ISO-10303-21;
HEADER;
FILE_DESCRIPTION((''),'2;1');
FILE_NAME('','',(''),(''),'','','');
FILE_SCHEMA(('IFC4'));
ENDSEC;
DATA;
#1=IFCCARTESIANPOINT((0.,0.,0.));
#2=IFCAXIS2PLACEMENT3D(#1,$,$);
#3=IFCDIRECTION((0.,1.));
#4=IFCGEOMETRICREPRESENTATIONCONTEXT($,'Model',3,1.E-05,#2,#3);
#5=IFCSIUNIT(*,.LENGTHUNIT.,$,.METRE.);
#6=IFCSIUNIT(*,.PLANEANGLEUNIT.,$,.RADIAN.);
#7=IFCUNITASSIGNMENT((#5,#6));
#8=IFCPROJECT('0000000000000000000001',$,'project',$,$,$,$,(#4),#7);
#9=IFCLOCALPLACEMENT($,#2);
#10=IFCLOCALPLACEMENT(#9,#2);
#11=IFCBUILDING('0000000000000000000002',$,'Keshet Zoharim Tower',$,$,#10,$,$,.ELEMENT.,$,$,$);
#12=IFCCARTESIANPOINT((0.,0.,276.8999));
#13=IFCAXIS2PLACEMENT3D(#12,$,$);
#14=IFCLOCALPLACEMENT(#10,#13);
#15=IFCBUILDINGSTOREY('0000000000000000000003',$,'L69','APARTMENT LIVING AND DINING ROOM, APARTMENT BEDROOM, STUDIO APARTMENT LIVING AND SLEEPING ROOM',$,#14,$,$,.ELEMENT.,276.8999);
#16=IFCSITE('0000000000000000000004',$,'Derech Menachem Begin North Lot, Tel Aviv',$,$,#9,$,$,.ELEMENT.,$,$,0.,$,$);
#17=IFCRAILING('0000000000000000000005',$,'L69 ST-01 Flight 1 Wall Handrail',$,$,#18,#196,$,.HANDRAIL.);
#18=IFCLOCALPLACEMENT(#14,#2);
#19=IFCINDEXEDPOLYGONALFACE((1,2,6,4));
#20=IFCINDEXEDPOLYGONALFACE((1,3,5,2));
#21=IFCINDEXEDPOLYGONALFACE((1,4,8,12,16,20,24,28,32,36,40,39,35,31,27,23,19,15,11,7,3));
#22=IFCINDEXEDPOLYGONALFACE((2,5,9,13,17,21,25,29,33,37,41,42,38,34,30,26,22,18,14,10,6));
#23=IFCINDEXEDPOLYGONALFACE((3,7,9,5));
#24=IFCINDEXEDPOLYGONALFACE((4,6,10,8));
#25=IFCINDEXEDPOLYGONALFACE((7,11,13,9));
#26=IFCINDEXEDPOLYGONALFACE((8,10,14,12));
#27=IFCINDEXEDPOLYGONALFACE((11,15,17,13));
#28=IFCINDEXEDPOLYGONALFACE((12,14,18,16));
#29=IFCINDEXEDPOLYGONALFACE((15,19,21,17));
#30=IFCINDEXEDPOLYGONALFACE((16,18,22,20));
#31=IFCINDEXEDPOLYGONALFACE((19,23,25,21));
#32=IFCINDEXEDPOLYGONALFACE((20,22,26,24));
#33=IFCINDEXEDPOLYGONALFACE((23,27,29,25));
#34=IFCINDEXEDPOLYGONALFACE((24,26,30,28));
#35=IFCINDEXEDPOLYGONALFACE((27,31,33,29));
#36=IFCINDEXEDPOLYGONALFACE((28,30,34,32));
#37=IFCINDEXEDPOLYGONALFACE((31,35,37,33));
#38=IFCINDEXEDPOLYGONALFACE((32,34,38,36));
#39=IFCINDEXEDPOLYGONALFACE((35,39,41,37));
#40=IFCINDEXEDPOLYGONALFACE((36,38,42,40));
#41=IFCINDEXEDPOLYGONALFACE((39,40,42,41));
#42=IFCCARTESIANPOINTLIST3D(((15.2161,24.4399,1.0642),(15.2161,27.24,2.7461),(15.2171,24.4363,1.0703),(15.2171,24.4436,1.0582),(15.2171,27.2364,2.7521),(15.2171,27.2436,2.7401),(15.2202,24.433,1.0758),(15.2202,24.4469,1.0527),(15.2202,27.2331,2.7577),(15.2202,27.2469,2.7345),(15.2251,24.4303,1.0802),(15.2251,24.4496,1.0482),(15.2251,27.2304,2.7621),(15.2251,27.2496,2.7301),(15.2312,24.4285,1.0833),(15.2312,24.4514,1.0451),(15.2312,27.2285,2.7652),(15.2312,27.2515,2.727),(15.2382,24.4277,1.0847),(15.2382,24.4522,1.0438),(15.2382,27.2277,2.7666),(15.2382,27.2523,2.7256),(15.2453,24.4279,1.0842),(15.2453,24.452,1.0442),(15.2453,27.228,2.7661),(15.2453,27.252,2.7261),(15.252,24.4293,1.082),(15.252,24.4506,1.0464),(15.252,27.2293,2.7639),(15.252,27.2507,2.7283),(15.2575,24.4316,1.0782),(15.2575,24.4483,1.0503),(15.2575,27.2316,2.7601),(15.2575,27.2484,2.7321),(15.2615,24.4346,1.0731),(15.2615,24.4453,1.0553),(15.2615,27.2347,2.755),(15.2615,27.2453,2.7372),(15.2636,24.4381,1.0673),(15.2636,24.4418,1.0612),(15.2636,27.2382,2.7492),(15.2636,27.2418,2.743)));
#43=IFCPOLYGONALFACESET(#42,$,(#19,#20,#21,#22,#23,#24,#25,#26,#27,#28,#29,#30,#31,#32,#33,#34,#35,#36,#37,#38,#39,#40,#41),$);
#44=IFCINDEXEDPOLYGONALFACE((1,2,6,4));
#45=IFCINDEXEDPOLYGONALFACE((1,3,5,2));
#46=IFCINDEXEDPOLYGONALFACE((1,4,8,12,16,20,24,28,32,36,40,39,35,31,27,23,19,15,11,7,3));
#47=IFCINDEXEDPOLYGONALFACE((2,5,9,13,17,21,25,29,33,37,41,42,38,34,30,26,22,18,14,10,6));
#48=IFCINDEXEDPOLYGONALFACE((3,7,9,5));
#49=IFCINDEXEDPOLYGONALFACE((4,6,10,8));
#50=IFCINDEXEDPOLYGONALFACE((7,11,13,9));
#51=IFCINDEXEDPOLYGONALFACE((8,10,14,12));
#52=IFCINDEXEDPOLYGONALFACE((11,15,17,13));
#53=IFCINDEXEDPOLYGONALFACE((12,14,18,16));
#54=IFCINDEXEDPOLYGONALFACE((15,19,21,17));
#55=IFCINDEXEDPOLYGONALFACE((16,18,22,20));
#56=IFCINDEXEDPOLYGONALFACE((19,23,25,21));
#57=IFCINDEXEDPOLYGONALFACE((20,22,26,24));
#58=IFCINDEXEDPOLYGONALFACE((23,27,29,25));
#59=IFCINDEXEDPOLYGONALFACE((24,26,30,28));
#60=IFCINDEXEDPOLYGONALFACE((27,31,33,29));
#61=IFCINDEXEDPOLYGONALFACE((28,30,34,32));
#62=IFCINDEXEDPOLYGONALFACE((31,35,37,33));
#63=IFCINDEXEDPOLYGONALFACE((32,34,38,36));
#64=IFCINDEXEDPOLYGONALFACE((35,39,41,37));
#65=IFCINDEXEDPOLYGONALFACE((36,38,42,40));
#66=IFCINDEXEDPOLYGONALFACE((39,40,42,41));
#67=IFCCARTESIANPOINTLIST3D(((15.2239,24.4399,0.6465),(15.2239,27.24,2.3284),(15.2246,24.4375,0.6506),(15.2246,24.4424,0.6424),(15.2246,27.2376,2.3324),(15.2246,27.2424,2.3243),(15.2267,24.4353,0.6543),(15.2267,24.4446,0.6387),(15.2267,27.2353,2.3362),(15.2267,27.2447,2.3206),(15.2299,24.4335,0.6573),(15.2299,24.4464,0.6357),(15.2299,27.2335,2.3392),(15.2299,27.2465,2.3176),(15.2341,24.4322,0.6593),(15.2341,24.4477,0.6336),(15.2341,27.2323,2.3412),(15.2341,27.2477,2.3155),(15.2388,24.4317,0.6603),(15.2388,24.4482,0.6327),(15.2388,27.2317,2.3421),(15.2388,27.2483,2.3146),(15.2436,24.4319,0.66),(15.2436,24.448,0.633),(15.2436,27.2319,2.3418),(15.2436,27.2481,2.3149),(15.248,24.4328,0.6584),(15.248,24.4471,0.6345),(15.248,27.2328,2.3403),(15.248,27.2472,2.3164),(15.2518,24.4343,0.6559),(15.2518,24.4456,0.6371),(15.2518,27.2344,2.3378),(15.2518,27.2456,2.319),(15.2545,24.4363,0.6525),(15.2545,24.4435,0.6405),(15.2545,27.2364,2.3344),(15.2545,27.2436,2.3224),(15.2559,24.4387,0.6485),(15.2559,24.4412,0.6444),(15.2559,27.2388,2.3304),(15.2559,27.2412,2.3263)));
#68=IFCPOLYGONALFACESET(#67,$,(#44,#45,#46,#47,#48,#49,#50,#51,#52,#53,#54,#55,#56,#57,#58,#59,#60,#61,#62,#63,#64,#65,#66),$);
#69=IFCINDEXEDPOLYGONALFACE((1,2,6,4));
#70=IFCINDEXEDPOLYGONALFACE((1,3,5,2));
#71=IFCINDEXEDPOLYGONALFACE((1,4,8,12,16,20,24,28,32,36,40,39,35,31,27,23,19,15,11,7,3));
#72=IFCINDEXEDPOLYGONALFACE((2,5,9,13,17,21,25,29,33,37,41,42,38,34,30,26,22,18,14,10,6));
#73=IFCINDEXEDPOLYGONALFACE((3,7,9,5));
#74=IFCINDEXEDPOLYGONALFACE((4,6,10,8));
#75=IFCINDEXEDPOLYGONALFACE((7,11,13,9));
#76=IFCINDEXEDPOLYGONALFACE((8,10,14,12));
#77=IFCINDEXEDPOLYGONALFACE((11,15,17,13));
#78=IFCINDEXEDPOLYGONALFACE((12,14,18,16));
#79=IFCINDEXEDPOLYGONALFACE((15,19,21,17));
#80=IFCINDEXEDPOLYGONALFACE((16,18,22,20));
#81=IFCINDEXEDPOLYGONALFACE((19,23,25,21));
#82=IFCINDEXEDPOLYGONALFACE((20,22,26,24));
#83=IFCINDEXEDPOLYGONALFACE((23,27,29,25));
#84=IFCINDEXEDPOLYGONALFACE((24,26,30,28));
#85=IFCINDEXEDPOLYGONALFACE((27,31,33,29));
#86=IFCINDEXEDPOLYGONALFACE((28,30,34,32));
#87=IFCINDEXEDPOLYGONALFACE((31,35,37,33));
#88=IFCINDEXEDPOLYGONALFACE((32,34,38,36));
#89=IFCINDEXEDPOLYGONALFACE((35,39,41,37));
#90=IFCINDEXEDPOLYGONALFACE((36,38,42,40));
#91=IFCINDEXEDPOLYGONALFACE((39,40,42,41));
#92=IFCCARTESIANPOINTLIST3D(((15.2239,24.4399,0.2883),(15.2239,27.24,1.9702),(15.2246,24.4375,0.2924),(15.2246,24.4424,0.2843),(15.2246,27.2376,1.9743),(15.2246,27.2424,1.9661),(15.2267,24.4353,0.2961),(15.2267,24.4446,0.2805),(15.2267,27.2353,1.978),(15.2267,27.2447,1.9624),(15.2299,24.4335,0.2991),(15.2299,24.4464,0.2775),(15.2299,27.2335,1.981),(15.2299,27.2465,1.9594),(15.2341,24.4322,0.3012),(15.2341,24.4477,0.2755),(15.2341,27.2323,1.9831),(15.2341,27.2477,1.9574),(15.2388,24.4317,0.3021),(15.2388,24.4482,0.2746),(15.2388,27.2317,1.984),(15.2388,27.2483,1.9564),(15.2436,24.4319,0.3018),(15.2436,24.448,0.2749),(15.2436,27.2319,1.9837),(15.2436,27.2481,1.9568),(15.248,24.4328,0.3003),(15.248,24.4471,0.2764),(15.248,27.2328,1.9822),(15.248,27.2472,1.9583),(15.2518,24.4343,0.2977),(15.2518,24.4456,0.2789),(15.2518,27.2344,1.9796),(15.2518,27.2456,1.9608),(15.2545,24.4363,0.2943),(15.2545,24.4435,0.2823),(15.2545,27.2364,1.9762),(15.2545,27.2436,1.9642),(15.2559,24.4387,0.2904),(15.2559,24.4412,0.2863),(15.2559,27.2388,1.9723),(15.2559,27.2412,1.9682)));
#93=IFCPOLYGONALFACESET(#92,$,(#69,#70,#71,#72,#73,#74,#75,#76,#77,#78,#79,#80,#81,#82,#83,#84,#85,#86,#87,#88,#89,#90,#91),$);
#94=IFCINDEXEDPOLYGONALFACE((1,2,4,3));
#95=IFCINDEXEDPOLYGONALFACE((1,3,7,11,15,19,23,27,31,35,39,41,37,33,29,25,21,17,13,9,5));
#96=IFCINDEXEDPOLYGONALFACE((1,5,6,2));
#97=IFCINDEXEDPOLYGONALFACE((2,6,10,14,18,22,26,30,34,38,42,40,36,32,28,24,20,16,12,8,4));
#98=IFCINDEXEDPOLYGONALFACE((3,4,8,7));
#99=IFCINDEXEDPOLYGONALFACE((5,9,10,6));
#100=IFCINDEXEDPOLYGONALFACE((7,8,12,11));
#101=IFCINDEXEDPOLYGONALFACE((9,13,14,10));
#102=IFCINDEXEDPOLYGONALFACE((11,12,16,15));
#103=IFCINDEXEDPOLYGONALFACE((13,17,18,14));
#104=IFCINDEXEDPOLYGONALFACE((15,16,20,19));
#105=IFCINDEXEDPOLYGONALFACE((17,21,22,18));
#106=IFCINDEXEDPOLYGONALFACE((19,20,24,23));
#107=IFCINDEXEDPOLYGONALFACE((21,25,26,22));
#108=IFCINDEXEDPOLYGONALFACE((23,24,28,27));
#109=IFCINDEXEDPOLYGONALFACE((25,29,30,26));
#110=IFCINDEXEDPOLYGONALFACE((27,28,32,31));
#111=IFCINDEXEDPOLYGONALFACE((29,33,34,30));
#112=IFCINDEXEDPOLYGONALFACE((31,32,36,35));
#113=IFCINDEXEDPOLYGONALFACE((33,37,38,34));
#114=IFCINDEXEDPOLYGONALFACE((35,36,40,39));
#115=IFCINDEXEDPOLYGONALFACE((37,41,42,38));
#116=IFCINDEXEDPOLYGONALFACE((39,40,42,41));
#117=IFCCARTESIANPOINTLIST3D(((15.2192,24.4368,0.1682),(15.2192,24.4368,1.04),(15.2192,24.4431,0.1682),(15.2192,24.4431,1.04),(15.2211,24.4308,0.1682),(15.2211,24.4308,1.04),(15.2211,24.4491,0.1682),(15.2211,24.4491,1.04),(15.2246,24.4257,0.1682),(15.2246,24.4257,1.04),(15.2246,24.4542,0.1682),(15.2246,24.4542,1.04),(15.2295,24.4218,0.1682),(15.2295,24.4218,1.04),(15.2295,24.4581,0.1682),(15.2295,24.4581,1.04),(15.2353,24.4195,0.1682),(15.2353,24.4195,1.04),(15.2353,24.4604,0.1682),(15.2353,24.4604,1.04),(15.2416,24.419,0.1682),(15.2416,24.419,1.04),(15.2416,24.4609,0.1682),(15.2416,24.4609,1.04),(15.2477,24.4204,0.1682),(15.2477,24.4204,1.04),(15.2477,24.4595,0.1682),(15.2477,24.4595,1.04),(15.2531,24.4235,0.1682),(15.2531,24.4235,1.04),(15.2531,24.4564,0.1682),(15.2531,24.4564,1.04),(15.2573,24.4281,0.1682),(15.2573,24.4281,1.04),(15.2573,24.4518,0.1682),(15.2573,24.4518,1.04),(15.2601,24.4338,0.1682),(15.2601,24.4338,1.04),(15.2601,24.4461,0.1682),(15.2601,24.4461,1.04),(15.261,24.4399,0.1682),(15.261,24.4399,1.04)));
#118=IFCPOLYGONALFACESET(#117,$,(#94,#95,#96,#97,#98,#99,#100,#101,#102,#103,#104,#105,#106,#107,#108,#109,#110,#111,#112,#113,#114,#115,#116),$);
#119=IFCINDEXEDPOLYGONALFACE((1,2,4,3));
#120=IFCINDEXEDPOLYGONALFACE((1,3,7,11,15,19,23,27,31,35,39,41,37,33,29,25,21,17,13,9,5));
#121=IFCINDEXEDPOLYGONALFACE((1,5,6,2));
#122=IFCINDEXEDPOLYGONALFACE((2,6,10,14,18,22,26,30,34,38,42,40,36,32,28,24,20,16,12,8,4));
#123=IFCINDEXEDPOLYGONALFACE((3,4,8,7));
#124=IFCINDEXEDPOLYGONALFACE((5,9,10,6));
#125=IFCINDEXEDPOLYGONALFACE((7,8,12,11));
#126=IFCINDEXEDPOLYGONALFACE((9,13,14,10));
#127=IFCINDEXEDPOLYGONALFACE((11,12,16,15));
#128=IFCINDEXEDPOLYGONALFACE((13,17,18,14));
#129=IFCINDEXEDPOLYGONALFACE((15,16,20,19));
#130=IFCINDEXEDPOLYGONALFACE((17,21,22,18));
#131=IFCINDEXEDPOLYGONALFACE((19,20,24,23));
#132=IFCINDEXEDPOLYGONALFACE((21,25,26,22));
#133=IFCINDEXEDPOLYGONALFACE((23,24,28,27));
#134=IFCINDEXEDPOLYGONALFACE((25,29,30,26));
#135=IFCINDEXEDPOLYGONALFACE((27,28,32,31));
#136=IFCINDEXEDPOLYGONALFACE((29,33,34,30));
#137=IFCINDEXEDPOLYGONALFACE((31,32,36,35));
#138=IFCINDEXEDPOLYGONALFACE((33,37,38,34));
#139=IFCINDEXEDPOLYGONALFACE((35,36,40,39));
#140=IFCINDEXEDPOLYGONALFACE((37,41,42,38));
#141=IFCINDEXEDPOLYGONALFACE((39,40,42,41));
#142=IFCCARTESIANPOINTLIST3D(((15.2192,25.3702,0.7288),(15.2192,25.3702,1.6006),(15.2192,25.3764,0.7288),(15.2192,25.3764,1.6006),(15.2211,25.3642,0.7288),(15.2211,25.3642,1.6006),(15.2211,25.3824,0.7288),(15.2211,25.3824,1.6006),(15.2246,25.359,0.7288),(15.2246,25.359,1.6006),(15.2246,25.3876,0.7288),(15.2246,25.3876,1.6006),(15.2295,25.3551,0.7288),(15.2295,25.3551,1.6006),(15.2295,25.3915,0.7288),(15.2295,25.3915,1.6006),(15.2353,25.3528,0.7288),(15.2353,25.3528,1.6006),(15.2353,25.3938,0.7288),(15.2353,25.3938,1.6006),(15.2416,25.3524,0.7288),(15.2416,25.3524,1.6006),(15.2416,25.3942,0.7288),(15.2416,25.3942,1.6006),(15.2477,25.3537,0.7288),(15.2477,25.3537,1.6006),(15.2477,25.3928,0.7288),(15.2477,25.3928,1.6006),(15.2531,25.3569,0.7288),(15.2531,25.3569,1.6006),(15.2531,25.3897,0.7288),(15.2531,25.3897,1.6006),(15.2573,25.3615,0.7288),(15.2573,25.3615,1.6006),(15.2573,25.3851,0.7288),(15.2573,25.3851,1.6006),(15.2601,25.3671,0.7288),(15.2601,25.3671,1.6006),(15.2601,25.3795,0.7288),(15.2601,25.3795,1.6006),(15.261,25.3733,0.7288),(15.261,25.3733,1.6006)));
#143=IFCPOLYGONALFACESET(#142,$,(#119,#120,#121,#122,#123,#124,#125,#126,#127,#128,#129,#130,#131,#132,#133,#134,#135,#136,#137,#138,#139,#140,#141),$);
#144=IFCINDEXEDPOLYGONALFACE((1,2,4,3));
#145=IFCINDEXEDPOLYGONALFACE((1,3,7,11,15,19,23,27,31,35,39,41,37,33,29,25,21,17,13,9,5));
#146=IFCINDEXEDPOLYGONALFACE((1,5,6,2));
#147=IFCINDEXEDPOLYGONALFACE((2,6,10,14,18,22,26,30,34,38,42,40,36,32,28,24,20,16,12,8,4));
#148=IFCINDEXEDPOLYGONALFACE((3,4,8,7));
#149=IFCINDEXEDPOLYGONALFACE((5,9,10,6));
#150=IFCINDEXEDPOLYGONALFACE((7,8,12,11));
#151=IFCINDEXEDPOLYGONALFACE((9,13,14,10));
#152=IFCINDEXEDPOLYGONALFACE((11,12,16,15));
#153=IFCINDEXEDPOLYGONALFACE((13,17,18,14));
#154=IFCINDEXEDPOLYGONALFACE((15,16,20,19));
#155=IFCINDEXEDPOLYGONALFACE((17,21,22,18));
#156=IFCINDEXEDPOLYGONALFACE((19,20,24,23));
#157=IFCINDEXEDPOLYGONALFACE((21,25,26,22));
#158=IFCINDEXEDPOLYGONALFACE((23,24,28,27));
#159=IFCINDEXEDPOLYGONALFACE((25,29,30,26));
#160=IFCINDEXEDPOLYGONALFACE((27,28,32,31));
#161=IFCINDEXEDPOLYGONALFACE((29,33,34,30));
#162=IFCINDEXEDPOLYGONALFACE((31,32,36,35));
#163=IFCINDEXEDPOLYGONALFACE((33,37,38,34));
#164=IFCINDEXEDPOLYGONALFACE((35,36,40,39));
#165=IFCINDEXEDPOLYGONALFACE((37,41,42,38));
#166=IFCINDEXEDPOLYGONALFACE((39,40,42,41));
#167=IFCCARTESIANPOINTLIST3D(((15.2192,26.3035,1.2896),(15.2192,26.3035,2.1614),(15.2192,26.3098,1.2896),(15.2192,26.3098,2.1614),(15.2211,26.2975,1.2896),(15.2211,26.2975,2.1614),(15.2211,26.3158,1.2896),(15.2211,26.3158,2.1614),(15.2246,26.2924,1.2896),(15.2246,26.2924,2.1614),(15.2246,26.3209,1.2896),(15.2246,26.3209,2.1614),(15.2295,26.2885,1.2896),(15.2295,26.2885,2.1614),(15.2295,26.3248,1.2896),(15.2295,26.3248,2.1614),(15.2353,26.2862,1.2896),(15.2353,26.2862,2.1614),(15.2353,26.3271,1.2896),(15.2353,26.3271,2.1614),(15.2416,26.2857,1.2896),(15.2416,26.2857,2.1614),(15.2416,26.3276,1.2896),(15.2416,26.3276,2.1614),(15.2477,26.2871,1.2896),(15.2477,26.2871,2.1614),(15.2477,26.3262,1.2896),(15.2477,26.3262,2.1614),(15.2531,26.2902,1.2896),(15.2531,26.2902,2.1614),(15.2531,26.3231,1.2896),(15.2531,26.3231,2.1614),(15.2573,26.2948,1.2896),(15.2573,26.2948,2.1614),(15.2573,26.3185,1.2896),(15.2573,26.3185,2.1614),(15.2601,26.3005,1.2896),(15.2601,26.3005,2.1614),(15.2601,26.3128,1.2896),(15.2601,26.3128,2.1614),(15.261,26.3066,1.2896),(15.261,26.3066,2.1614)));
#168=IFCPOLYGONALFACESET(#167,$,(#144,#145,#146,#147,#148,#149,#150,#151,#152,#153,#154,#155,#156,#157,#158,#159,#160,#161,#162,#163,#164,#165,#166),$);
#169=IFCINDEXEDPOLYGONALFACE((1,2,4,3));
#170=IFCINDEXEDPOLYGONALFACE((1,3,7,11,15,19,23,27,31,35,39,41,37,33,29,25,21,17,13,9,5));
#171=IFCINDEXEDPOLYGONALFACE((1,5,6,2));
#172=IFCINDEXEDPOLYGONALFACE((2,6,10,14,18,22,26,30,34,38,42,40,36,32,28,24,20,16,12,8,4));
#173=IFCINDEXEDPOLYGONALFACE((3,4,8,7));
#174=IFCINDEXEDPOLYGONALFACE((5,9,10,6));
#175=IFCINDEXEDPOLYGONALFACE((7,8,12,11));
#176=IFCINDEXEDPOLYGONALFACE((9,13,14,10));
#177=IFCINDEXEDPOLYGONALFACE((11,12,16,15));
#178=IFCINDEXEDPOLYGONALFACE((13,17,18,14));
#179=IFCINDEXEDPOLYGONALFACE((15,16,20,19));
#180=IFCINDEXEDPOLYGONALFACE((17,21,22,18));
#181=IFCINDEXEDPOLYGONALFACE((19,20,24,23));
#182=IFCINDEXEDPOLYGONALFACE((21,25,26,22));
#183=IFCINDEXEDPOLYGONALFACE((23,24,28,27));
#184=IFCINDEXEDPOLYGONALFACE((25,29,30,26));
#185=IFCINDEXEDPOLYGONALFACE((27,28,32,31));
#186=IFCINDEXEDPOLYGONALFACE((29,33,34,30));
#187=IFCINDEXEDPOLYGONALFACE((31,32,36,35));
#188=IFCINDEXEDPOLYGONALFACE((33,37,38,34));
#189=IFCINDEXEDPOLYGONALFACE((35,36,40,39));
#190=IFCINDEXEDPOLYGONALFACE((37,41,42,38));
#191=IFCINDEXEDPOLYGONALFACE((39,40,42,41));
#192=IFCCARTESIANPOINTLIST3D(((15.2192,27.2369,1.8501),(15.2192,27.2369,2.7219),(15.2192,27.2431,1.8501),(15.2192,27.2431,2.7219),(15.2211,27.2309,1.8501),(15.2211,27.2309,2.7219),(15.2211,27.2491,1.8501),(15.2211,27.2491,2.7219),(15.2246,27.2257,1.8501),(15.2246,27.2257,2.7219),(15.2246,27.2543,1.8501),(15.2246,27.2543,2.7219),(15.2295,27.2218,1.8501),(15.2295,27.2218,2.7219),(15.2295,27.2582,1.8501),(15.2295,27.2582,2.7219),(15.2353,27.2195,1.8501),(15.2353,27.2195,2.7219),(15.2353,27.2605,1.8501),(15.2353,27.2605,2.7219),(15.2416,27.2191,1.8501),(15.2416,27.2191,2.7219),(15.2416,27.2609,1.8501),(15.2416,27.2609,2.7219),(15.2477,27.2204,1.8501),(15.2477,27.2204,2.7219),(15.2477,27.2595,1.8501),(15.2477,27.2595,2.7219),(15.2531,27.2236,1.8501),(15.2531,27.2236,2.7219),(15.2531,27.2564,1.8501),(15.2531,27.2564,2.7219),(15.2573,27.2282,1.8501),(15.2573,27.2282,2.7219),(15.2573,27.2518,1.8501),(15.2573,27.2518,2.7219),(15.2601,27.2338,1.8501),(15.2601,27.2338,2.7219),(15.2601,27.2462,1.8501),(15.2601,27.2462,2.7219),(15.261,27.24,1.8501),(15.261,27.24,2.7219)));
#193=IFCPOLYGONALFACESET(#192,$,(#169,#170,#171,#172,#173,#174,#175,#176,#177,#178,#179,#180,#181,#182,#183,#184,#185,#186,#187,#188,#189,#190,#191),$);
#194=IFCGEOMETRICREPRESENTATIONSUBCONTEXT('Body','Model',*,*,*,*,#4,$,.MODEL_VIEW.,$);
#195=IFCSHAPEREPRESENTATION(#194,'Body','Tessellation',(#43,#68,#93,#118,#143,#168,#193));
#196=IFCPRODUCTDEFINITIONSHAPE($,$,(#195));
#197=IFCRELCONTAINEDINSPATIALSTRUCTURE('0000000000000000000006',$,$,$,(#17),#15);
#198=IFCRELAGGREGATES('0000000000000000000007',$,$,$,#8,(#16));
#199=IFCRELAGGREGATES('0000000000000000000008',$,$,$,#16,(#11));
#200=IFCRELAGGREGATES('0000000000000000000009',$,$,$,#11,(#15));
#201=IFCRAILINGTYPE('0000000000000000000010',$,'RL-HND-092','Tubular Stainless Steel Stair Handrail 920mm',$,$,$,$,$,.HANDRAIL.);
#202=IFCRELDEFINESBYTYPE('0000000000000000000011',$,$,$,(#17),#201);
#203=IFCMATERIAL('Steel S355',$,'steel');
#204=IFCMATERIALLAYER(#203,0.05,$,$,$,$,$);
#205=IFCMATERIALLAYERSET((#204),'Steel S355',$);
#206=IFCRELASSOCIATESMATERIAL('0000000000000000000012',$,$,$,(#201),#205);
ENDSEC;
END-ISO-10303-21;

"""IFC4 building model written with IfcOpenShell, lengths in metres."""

from ifc_helpers import new_model, si_unit, direction, frame, origin, origin_2d, place, context, subcontext, project, spatial, circle, extrude, material, layer, layer_set, type_object, element, save


model = new_model("IFC4")

# Units and contexts
model_context = context("Model", 3, precision=1e-05, world=origin(), true_north=direction((0.0, 1.0)))
body_context = subcontext(model_context, "Body", "Model", "MODEL_VIEW")
ifc_project = project(units=[si_unit("LENGTHUNIT", "METRE"), si_unit("PLANEANGLEUNIT", "RADIAN")], contexts=[model_context])

# Site, building, storey
site_placement = place(None, origin())
site = spatial("IfcSite", under=ifc_project, at=site_placement, Name="Derech Menachem Begin North Lot, Tel Aviv", CompositionType="ELEMENT", RefElevation=0.0)
building_placement = place(site_placement, origin())
building = spatial("IfcBuilding", under=site, at=building_placement, Name="Keshet Zoharim Tower", CompositionType="ELEMENT")
storey_placement = place(building_placement, frame((0.0, 0.0, 276.8999)))
storey = spatial("IfcBuildingStorey", under=building, at=storey_placement, Name="L69", Description="APARTMENT LIVING AND DINING ROOM, APARTMENT BEDROOM, STUDIO APARTMENT LIVING AND SLEEPING ROOM", CompositionType="ELEMENT", Elevation=276.8999)

# Shared definitions
ifc_material_1 = material(Name="Steel S355", Category="steel")

# Railing
ifc_layer_1 = layer(ifc_material_1, 0.05)
ifc_layer_set_1 = layer_set([ifc_layer_1], Name="Steel S355")
railing_type_1 = type_object("IfcRailingType", Name="RL-HND-092", Description="Tubular Stainless Steel Stair Handrail 920mm", PredefinedType="HANDRAIL", material=ifc_layer_set_1)
railing_1_placement = place(storey_placement, frame((15.24, 24.4399, 0.1682)))
element("IfcRailing", 1, at=railing_1_placement, inside=storey, type_object=railing_type_1, Name="L69 ST-01 Flight 1 Wall Handrail", PredefinedType="HANDRAIL", context=body_context, shape_type="SweptSolid", body=[
    extrude(circle(Radius=0.0239, at=origin_2d()), frame((0.0, 0.0, 0.896), z_axis=(0.0, 0.857242, 0.514913), x_axis=(-1.0, 0.0, 0.0)), (0.0, 0.0, 1.0), 3.2664),
    extrude(circle(Radius=0.0161, at=origin_2d()), frame((0.0, 0.0, 0.4783), z_axis=(0.0, 0.857242, 0.514913), x_axis=(-1.0, 0.0, 0.0)), (0.0, 0.0, 1.0), 3.2664),
    extrude(circle(Radius=0.0161, at=origin_2d()), frame((0.0, 0.0, 0.1201), z_axis=(0.0, 0.857242, 0.514913), x_axis=(-1.0, 0.0, 0.0)), (0.0, 0.0, 1.0), 3.2664),
    extrude(circle(Radius=0.021, at=origin_2d()), origin(), (0.0, 0.0, 1.0), 0.8718),
    extrude(circle(Radius=0.021, at=origin_2d()), frame((0.0, 0.9333, 0.5605)), (0.0, 0.0, 1.0), 0.8718),
    extrude(circle(Radius=0.021, at=origin_2d()), frame((0.0, 1.8667, 1.1213)), (0.0, 0.0, 1.0), 0.8718),
    extrude(circle(Radius=0.021, at=origin_2d()), frame((0.0, 2.8, 1.6819)), (0.0, 0.0, 1.0), 0.8718),
])

save(model, "model.ifc")
